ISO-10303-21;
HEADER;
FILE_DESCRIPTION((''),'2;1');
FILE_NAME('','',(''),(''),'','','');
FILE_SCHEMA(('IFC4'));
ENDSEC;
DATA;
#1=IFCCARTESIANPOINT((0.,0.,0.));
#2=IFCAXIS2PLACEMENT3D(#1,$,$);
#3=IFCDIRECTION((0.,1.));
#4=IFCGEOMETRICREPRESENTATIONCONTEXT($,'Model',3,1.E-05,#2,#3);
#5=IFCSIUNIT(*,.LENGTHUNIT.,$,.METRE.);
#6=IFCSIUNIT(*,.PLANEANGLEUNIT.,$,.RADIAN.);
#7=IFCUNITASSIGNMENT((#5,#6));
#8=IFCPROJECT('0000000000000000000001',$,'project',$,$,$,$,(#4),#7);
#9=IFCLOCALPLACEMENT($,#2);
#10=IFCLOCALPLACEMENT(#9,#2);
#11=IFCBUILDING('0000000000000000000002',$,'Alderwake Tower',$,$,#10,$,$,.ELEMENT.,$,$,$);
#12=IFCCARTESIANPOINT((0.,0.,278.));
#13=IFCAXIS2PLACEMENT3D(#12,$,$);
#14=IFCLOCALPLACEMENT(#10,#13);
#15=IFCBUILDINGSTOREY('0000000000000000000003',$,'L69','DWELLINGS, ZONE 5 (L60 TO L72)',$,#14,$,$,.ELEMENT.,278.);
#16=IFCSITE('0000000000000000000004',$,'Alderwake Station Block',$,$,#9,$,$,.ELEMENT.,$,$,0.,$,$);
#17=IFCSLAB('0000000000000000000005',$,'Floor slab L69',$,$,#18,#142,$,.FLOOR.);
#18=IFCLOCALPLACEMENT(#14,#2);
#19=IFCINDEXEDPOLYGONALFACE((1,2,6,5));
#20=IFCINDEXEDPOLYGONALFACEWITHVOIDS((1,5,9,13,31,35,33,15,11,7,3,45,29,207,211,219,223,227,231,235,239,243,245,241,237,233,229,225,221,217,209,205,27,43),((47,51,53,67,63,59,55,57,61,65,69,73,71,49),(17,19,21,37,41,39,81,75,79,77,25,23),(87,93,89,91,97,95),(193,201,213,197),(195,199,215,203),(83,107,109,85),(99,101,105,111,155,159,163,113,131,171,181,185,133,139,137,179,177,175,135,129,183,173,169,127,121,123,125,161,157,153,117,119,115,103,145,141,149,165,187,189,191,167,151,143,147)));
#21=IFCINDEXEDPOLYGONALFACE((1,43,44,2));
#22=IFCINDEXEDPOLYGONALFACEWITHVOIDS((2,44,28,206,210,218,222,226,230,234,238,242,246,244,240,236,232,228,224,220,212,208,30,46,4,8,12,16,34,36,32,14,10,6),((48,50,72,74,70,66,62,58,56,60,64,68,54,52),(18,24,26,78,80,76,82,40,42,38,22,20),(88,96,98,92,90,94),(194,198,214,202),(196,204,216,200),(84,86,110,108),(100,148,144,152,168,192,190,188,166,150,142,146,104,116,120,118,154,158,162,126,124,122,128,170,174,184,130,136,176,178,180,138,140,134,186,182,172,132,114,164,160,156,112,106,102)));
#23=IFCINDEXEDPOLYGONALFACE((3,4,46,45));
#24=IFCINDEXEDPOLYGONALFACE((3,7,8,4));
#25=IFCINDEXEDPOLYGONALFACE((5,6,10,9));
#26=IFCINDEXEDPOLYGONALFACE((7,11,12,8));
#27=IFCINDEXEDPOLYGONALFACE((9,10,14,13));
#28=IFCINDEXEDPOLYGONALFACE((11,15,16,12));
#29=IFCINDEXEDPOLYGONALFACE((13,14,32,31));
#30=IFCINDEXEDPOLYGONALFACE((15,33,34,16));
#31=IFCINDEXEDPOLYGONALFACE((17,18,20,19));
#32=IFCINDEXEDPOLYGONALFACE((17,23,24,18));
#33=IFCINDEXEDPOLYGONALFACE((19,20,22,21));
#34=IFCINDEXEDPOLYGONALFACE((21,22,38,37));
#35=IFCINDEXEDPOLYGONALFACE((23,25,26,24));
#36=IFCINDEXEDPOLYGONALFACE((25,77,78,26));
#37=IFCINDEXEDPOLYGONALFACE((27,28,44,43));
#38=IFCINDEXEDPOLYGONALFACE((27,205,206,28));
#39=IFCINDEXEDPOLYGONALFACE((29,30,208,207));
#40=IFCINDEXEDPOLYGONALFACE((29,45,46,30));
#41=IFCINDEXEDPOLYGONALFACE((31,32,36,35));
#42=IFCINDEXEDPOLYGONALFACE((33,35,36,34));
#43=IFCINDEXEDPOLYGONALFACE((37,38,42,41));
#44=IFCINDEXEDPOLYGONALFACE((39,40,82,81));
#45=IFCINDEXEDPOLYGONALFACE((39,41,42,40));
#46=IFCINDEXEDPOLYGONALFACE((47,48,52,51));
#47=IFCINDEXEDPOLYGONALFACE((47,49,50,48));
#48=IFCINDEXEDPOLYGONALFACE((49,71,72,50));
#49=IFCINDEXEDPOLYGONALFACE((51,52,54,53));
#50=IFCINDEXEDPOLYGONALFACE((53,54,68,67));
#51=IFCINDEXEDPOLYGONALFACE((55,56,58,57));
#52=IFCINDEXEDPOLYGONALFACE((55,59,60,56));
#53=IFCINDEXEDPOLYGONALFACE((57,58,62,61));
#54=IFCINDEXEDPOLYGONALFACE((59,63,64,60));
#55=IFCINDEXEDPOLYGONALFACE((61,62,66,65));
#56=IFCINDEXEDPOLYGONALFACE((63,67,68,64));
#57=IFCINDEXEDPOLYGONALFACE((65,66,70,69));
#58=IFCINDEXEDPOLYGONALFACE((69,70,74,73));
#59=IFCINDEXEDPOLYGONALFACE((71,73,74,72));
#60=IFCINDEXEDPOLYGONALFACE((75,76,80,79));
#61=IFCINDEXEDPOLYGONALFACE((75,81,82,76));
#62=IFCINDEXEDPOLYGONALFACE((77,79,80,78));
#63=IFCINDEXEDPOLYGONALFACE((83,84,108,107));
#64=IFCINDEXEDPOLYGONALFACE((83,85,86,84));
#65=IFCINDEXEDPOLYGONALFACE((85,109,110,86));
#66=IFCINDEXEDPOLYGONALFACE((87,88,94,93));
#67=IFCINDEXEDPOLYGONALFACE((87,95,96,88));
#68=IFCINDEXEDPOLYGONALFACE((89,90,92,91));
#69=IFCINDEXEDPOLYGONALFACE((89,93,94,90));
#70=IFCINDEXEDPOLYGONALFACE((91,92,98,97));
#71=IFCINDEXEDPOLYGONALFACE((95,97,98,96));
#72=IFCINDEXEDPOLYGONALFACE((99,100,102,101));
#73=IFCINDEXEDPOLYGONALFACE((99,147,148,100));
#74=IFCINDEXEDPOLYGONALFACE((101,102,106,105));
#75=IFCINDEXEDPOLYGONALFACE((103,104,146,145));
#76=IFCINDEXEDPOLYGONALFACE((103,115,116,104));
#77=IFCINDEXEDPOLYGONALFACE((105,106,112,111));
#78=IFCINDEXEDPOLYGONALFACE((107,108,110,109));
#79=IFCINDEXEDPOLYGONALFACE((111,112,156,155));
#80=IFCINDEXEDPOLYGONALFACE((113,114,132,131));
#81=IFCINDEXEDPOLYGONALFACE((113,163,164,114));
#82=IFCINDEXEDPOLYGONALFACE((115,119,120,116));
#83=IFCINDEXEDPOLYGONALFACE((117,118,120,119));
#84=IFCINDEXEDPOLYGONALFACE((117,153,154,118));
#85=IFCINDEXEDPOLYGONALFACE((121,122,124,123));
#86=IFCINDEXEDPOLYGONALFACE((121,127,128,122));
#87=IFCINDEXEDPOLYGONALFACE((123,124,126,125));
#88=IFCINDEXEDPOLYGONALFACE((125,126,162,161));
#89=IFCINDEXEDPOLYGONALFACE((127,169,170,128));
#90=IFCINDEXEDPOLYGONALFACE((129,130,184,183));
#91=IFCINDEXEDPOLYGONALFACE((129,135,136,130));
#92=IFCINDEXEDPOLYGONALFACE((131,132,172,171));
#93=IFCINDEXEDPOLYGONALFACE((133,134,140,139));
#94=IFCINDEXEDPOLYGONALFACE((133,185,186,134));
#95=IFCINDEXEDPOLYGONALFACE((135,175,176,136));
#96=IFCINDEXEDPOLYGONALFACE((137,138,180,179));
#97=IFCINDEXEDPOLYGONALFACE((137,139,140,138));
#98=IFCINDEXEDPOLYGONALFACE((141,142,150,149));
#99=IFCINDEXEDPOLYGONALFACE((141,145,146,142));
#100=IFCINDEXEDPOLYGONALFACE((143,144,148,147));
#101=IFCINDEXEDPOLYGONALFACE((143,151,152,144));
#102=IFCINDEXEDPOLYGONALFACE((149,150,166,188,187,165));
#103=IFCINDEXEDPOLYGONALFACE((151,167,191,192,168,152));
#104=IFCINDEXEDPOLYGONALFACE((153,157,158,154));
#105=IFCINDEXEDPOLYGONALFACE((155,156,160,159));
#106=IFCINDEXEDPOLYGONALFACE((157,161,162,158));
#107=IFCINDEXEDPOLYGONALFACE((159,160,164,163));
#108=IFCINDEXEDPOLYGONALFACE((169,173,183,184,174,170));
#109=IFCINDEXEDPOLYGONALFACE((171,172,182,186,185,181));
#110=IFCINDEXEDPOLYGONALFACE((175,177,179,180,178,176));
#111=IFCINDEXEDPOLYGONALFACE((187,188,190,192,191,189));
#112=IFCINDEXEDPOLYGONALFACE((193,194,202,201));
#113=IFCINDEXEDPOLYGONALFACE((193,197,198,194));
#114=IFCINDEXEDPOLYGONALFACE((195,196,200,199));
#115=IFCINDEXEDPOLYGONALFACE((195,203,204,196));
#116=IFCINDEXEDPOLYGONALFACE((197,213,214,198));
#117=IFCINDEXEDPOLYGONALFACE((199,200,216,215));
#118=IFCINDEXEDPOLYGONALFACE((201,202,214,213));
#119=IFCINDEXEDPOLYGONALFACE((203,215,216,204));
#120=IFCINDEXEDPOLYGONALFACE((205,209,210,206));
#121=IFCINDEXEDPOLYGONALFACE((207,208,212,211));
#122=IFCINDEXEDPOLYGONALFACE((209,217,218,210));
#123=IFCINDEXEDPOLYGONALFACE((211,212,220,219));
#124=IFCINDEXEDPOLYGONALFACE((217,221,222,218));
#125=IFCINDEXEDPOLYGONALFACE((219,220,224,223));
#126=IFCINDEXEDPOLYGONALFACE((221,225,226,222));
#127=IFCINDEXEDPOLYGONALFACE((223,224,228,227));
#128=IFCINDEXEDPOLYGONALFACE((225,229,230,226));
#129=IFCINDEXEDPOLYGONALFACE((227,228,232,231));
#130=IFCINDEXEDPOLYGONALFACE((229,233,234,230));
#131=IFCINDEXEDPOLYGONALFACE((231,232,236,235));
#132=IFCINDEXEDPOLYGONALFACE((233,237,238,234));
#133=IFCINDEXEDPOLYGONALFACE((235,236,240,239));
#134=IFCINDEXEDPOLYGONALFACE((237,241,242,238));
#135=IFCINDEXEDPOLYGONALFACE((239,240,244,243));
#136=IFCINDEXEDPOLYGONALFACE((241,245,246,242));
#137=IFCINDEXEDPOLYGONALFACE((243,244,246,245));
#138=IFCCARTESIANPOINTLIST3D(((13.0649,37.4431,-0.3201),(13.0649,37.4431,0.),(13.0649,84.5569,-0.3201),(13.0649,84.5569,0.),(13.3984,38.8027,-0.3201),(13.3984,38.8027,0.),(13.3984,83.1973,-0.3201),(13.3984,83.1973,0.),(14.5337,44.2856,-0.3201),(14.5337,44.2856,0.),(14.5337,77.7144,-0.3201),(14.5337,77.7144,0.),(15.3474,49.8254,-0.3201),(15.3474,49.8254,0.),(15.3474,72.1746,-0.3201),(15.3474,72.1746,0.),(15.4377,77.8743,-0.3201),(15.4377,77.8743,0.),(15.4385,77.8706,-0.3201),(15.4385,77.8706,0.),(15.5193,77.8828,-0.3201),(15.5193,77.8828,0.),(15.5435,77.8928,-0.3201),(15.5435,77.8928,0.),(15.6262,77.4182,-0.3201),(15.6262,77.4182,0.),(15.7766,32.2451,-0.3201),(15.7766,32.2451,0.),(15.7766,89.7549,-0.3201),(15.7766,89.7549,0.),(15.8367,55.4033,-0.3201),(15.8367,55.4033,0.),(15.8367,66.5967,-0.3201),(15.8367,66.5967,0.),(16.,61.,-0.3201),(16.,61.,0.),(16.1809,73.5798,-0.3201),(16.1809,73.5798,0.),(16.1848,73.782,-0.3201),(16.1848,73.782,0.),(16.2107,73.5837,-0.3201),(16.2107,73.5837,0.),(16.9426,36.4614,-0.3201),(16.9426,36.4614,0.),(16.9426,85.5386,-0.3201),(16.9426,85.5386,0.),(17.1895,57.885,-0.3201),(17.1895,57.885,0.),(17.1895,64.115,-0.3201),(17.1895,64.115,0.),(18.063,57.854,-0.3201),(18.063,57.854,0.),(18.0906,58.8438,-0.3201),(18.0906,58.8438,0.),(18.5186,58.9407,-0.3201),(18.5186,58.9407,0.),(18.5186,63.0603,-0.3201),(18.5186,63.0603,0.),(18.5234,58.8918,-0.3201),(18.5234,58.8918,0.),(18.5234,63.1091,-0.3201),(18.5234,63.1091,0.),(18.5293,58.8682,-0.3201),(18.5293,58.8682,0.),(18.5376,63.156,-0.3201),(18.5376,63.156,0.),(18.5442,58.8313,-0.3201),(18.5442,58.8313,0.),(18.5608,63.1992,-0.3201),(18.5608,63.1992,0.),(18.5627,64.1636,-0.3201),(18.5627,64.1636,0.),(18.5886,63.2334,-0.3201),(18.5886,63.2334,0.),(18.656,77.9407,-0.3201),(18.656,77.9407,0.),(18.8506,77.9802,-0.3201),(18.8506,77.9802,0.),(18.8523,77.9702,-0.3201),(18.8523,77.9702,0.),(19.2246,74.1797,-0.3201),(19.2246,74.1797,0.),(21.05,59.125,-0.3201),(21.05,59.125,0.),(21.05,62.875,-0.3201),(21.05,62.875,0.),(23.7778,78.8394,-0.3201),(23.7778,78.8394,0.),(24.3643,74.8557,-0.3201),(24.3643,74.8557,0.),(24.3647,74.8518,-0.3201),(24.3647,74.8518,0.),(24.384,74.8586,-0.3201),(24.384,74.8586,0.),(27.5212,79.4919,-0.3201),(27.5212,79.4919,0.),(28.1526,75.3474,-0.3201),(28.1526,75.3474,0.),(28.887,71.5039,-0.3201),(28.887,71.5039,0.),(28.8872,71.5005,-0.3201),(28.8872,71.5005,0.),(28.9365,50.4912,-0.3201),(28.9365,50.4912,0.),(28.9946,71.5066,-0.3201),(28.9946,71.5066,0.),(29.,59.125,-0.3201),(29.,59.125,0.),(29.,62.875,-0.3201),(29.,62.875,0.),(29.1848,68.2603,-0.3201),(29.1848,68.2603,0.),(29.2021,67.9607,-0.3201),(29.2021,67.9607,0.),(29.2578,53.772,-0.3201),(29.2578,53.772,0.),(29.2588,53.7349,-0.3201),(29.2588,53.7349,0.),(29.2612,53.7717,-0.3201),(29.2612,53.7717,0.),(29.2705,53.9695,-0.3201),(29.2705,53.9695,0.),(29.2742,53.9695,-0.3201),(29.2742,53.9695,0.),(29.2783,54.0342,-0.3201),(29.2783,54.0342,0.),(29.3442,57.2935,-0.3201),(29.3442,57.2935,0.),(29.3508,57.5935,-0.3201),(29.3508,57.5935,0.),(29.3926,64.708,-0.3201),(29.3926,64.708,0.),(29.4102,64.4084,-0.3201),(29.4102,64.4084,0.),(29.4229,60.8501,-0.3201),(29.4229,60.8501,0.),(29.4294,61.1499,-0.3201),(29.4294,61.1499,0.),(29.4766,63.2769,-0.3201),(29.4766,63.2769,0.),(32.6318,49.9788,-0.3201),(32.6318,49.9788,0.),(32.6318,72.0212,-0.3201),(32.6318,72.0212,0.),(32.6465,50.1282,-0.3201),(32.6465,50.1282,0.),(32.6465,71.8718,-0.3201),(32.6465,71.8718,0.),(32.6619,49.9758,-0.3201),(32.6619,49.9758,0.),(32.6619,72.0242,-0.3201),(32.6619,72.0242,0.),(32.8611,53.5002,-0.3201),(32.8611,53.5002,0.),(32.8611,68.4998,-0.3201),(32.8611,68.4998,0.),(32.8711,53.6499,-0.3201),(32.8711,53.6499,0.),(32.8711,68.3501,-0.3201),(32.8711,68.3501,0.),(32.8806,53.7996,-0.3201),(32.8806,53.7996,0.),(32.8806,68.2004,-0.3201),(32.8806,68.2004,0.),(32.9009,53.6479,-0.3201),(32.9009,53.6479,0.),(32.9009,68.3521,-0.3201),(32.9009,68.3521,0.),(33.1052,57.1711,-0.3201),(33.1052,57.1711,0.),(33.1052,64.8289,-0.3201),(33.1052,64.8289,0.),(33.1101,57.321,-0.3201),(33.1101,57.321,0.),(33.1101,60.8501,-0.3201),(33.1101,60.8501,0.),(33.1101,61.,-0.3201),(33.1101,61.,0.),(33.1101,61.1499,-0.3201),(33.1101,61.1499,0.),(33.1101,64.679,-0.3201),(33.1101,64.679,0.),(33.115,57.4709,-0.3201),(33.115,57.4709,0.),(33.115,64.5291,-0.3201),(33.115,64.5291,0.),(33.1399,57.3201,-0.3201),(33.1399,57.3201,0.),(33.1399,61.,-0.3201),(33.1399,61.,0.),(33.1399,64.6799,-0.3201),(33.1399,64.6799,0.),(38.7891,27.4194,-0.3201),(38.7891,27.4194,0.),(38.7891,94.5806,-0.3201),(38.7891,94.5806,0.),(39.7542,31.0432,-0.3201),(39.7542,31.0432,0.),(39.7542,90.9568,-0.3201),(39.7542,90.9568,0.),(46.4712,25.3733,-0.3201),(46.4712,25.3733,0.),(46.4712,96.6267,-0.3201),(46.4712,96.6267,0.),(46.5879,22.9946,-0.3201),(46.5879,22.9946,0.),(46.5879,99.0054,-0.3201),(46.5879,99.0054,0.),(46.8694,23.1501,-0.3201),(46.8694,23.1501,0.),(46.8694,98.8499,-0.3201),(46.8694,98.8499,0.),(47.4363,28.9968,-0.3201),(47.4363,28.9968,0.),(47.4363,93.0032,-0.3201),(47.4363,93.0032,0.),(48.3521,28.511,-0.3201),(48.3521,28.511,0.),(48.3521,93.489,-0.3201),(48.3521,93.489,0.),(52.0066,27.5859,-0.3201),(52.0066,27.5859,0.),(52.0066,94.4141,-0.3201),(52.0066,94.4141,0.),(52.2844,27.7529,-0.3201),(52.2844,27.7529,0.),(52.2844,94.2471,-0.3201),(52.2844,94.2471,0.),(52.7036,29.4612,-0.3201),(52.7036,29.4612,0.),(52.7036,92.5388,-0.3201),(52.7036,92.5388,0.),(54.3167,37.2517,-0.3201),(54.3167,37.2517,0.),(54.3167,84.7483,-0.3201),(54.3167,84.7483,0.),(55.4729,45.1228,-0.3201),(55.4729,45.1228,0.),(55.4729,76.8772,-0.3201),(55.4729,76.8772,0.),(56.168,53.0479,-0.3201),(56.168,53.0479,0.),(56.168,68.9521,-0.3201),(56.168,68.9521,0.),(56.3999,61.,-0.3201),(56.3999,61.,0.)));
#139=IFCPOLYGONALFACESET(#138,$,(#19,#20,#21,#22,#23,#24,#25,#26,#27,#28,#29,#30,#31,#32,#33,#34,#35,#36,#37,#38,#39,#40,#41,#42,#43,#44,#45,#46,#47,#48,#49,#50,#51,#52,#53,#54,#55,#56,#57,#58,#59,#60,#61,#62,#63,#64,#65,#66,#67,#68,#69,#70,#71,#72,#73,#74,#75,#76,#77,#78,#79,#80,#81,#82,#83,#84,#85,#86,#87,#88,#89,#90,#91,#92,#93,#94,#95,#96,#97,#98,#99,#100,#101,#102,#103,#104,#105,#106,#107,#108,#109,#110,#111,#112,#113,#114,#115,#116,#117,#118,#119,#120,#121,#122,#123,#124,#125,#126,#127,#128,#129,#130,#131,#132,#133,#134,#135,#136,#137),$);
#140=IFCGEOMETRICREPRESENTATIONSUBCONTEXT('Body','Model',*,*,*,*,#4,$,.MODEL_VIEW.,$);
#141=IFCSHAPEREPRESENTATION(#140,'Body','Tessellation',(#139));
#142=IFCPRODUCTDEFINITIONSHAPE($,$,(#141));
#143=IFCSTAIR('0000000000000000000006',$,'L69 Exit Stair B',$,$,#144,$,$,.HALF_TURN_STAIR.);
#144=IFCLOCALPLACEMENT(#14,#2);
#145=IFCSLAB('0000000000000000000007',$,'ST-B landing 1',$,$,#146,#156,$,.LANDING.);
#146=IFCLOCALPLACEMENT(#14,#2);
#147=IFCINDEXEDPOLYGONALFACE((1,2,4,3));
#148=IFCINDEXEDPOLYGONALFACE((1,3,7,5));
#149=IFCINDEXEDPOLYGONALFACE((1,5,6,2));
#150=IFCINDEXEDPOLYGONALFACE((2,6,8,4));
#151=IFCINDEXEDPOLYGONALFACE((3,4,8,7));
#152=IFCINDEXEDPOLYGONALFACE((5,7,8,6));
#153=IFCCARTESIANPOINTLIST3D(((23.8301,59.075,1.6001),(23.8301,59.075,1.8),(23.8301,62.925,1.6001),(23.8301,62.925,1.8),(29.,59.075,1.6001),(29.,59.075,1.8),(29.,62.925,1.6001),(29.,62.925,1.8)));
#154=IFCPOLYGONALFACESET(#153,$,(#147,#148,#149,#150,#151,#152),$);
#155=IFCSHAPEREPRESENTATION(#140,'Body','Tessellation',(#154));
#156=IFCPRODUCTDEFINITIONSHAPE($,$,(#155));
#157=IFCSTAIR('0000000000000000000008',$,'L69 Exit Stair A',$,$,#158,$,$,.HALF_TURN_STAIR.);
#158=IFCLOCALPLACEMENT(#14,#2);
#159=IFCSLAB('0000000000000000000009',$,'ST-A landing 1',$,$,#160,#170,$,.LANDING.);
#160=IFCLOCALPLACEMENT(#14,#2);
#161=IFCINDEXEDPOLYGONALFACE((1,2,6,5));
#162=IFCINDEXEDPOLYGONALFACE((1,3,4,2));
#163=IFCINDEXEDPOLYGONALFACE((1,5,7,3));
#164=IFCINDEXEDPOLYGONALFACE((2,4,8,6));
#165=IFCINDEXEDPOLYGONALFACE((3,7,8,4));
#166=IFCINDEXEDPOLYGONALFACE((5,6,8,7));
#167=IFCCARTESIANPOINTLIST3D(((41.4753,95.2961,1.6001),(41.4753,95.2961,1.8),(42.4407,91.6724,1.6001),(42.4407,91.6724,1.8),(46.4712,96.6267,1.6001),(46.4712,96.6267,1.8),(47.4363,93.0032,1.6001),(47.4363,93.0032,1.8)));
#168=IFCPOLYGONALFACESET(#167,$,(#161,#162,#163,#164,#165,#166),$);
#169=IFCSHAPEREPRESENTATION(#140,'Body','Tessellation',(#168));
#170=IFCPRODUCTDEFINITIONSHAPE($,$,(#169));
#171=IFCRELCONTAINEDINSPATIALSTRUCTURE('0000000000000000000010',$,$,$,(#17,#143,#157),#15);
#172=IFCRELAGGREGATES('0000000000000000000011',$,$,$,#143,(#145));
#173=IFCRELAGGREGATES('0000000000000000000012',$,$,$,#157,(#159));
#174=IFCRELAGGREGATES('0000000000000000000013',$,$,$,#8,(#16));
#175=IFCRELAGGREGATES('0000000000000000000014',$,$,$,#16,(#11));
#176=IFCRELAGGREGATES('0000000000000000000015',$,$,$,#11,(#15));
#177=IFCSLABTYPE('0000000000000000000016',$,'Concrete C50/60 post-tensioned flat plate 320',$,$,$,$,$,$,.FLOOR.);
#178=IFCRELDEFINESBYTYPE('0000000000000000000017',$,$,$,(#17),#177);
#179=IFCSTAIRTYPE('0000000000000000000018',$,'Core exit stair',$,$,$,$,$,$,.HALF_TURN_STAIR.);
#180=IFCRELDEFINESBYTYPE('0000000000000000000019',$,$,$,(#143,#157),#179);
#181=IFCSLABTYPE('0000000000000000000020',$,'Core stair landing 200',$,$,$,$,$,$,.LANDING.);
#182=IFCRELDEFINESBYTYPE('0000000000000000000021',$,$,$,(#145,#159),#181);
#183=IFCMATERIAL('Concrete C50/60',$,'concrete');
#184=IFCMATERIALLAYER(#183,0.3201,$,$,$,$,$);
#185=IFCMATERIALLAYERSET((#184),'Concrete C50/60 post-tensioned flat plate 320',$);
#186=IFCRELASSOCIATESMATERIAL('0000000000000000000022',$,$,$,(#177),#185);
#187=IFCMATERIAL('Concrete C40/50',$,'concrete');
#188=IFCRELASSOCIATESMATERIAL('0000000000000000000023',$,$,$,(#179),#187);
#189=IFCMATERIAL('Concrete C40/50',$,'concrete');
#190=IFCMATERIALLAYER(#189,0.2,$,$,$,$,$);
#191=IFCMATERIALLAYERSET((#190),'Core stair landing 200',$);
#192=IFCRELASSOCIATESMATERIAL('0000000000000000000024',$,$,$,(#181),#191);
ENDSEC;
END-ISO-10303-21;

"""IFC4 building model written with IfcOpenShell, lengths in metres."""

from ifc_helpers import new_model, si_unit, direction, frame, origin, place, context, subcontext, project, spatial, polyline, outline, extrude, material, layer, layer_set, type_object, element, aggregate, save


model = new_model("IFC4")

# Units and contexts
model_context = context("Model", 3, precision=1e-05, world=origin(), true_north=direction((0.0, 1.0)))
body_context = subcontext(model_context, "Body", "Model", "MODEL_VIEW")
ifc_project = project(units=[si_unit("LENGTHUNIT", "METRE"), si_unit("PLANEANGLEUNIT", "RADIAN")], contexts=[model_context])

# Site, building, storey
site_placement = place(None, origin())
site = spatial("IfcSite", under=ifc_project, at=site_placement, Name="Alderwake Station Block", CompositionType="ELEMENT", RefElevation=0.0)
building_placement = place(site_placement, origin())
building = spatial("IfcBuilding", under=site, at=building_placement, Name="Alderwake Tower", CompositionType="ELEMENT")
storey_placement = place(building_placement, frame((0.0, 0.0, 278.0)))
storey = spatial("IfcBuildingStorey", under=building, at=storey_placement, Name="L69", Description="DWELLINGS, ZONE 5 (L60 TO L72)", CompositionType="ELEMENT", Elevation=278.0)

# Slab
ifc_material_1 = material(Name="Concrete C50/60", Category="concrete")
ifc_layer_1 = layer(ifc_material_1, 0.3201)
ifc_layer_set_1 = layer_set([ifc_layer_1], Name="Concrete C50/60 post-tensioned flat plate 320")
slab_type_1 = type_object("IfcSlabType", Name="Concrete C50/60 post-tensioned flat plate 320", PredefinedType="FLOOR", material=ifc_layer_set_1)
slab_1_placement = place(storey_placement, frame((0.0, 0.0, -0.3201)))
element("IfcSlab", 1, at=slab_1_placement, inside=storey, type_object=slab_type_1, Name="Floor slab L69", PredefinedType="FLOOR", context=body_context, shape_type="SweptSolid", body=[
    extrude(outline(polyline([(13.0649, 37.4431), (13.3984, 38.8027), (14.5337, 44.2856), (15.3474, 49.8254), (15.8367, 55.4033), (16.0, 61.0), (15.8367, 66.5967), (15.3474, 72.1746), (14.5337, 77.7144), (13.3984, 83.1973), (13.0649, 84.5569), (16.9426, 85.5386), (15.7766, 89.7549), (46.5879, 99.0054), (46.8694, 98.8499), (48.3521, 93.489), (52.0066, 94.4141), (52.2844, 94.2471), (52.7036, 92.5388), (54.3167, 84.7483), (55.4729, 76.8772), (56.168, 68.9521), (56.3999, 61.0), (56.168, 53.0479), (55.4729, 45.1228), (54.3167, 37.2517), (52.7036, 29.4612), (52.2844, 27.7529), (52.0066, 27.5859), (48.3521, 28.511), (46.8694, 23.1501), (46.5879, 22.9946), (15.7766, 32.2451), (16.9426, 36.4614), (13.0649, 37.4431)]), holes=[polyline([(29.2578, 53.772), (28.9365, 50.4912), (32.6465, 50.1282), (32.6318, 49.9788), (32.6619, 49.9758), (32.9009, 53.6479), (33.1399, 57.3201), (33.1399, 61.0), (33.1399, 64.6799), (32.9009, 68.3521), (32.6619, 72.0242), (32.6318, 72.0212), (32.6465, 71.8718), (28.887, 71.5039), (28.8872, 71.5005), (28.9946, 71.5066), (29.1848, 68.2603), (32.8611, 68.4998), (32.8711, 68.3501), (32.8806, 68.2004), (29.2021, 67.9607), (29.3926, 64.708), (33.1052, 64.8289), (33.1101, 64.679), (33.115, 64.5291), (29.4102, 64.4084), (29.4766, 63.2769), (29.4294, 61.1499), (33.1101, 61.1499), (33.1101, 61.0), (33.1101, 60.8501), (29.4229, 60.8501), (29.3508, 57.5935), (33.115, 57.4709), (33.1101, 57.321), (33.1052, 57.1711), (29.3442, 57.2935), (29.2705, 53.9695), (29.2742, 53.9695), (29.2783, 54.0342), (32.8806, 53.7996), (32.8711, 53.6499), (32.8611, 53.5002), (29.2588, 53.7349), (29.2612, 53.7717), (29.2578, 53.772)]), polyline([(21.05, 62.875), (21.05, 59.125), (29.0, 59.125), (29.0, 62.875), (21.05, 62.875)]), polyline([(15.5435, 77.8928), (15.4377, 77.8743), (15.4385, 77.8706), (15.5193, 77.8828), (16.1809, 73.5798), (16.2107, 73.5837), (16.1848, 73.782), (19.2246, 74.1797), (18.656, 77.9407), (18.8523, 77.9702), (18.8506, 77.9802), (15.6262, 77.4182), (15.5435, 77.8928)]), polyline([(27.5212, 79.4919), (23.7778, 78.8394), (24.384, 74.8586), (24.3643, 74.8557), (24.3647, 74.8518), (28.1526, 75.3474), (27.5212, 79.4919)]), polyline([(47.4363, 28.9968), (39.7542, 31.0432), (38.7891, 27.4194), (46.4712, 25.3733), (47.4363, 28.9968)]), polyline([(46.4712, 96.6267), (38.7891, 94.5806), (39.7542, 90.9568), (47.4363, 93.0032), (46.4712, 96.6267)]), polyline([(17.1895, 64.115), (17.1895, 57.885), (18.063, 57.854), (18.0906, 58.8438), (18.5442, 58.8313), (18.5293, 58.8682), (18.5234, 58.8918), (18.5186, 58.9407), (18.5186, 63.0603), (18.5234, 63.1091), (18.5376, 63.156), (18.5608, 63.1992), (18.5886, 63.2334), (18.5627, 64.1636), (17.1895, 64.115)])]), origin(), (0.0, 0.0, 1.0), 0.3201),
])

# Stairs, slabs
ifc_material_2 = material(Name="Concrete C40/50", Category="concrete")
stair_type = type_object("IfcStairType", Name="Core exit stair", PredefinedType="HALF_TURN_STAIR", material=ifc_material_2)
stair_1_placement = place(storey_placement, origin())
stair_1 = element("IfcStair", 2, at=stair_1_placement, inside=storey, type_object=stair_type, Name="L69 Exit Stair B", PredefinedType="HALF_TURN_STAIR")
ifc_material_3 = material(Name="Concrete C40/50", Category="concrete")
ifc_layer_2 = layer(ifc_material_3, 0.2)
ifc_layer_set_2 = layer_set([ifc_layer_2], Name="Core stair landing 200")
slab_type_2 = type_object("IfcSlabType", Name="Core stair landing 200", PredefinedType="LANDING", material=ifc_layer_set_2)
slab_2_placement = place(storey_placement, frame((0.0, 0.0, 1.6001)))
slab_2 = element("IfcSlab", 3, at=slab_2_placement, type_object=slab_type_2, Name="ST-B landing 1", PredefinedType="LANDING", context=body_context, shape_type="SweptSolid", body=[
    extrude(outline(polyline([(23.8301, 59.075), (29.0, 59.075), (29.0, 62.925), (23.8301, 62.925), (23.8301, 59.075)])), origin(), (0.0, 0.0, 1.0), 0.2),
])
aggregate(stair_1, [slab_2])
stair_2_placement = place(storey_placement, origin())
stair_2 = element("IfcStair", 4, at=stair_2_placement, inside=storey, type_object=stair_type, Name="L69 Exit Stair A", PredefinedType="HALF_TURN_STAIR")
slab_3_placement = place(storey_placement, frame((0.0, 0.0, 1.6001)))
slab_3 = element("IfcSlab", 5, at=slab_3_placement, type_object=slab_type_2, Name="ST-A landing 1", PredefinedType="LANDING", context=body_context, shape_type="SweptSolid", body=[
    extrude(outline(polyline([(42.4407, 91.6724), (47.4363, 93.0032), (46.4712, 96.6267), (41.4753, 95.2961), (42.4407, 91.6724)])), origin(), (0.0, 0.0, 1.0), 0.2),
])
aggregate(stair_2, [slab_3])

save(model, "model.ifc")
